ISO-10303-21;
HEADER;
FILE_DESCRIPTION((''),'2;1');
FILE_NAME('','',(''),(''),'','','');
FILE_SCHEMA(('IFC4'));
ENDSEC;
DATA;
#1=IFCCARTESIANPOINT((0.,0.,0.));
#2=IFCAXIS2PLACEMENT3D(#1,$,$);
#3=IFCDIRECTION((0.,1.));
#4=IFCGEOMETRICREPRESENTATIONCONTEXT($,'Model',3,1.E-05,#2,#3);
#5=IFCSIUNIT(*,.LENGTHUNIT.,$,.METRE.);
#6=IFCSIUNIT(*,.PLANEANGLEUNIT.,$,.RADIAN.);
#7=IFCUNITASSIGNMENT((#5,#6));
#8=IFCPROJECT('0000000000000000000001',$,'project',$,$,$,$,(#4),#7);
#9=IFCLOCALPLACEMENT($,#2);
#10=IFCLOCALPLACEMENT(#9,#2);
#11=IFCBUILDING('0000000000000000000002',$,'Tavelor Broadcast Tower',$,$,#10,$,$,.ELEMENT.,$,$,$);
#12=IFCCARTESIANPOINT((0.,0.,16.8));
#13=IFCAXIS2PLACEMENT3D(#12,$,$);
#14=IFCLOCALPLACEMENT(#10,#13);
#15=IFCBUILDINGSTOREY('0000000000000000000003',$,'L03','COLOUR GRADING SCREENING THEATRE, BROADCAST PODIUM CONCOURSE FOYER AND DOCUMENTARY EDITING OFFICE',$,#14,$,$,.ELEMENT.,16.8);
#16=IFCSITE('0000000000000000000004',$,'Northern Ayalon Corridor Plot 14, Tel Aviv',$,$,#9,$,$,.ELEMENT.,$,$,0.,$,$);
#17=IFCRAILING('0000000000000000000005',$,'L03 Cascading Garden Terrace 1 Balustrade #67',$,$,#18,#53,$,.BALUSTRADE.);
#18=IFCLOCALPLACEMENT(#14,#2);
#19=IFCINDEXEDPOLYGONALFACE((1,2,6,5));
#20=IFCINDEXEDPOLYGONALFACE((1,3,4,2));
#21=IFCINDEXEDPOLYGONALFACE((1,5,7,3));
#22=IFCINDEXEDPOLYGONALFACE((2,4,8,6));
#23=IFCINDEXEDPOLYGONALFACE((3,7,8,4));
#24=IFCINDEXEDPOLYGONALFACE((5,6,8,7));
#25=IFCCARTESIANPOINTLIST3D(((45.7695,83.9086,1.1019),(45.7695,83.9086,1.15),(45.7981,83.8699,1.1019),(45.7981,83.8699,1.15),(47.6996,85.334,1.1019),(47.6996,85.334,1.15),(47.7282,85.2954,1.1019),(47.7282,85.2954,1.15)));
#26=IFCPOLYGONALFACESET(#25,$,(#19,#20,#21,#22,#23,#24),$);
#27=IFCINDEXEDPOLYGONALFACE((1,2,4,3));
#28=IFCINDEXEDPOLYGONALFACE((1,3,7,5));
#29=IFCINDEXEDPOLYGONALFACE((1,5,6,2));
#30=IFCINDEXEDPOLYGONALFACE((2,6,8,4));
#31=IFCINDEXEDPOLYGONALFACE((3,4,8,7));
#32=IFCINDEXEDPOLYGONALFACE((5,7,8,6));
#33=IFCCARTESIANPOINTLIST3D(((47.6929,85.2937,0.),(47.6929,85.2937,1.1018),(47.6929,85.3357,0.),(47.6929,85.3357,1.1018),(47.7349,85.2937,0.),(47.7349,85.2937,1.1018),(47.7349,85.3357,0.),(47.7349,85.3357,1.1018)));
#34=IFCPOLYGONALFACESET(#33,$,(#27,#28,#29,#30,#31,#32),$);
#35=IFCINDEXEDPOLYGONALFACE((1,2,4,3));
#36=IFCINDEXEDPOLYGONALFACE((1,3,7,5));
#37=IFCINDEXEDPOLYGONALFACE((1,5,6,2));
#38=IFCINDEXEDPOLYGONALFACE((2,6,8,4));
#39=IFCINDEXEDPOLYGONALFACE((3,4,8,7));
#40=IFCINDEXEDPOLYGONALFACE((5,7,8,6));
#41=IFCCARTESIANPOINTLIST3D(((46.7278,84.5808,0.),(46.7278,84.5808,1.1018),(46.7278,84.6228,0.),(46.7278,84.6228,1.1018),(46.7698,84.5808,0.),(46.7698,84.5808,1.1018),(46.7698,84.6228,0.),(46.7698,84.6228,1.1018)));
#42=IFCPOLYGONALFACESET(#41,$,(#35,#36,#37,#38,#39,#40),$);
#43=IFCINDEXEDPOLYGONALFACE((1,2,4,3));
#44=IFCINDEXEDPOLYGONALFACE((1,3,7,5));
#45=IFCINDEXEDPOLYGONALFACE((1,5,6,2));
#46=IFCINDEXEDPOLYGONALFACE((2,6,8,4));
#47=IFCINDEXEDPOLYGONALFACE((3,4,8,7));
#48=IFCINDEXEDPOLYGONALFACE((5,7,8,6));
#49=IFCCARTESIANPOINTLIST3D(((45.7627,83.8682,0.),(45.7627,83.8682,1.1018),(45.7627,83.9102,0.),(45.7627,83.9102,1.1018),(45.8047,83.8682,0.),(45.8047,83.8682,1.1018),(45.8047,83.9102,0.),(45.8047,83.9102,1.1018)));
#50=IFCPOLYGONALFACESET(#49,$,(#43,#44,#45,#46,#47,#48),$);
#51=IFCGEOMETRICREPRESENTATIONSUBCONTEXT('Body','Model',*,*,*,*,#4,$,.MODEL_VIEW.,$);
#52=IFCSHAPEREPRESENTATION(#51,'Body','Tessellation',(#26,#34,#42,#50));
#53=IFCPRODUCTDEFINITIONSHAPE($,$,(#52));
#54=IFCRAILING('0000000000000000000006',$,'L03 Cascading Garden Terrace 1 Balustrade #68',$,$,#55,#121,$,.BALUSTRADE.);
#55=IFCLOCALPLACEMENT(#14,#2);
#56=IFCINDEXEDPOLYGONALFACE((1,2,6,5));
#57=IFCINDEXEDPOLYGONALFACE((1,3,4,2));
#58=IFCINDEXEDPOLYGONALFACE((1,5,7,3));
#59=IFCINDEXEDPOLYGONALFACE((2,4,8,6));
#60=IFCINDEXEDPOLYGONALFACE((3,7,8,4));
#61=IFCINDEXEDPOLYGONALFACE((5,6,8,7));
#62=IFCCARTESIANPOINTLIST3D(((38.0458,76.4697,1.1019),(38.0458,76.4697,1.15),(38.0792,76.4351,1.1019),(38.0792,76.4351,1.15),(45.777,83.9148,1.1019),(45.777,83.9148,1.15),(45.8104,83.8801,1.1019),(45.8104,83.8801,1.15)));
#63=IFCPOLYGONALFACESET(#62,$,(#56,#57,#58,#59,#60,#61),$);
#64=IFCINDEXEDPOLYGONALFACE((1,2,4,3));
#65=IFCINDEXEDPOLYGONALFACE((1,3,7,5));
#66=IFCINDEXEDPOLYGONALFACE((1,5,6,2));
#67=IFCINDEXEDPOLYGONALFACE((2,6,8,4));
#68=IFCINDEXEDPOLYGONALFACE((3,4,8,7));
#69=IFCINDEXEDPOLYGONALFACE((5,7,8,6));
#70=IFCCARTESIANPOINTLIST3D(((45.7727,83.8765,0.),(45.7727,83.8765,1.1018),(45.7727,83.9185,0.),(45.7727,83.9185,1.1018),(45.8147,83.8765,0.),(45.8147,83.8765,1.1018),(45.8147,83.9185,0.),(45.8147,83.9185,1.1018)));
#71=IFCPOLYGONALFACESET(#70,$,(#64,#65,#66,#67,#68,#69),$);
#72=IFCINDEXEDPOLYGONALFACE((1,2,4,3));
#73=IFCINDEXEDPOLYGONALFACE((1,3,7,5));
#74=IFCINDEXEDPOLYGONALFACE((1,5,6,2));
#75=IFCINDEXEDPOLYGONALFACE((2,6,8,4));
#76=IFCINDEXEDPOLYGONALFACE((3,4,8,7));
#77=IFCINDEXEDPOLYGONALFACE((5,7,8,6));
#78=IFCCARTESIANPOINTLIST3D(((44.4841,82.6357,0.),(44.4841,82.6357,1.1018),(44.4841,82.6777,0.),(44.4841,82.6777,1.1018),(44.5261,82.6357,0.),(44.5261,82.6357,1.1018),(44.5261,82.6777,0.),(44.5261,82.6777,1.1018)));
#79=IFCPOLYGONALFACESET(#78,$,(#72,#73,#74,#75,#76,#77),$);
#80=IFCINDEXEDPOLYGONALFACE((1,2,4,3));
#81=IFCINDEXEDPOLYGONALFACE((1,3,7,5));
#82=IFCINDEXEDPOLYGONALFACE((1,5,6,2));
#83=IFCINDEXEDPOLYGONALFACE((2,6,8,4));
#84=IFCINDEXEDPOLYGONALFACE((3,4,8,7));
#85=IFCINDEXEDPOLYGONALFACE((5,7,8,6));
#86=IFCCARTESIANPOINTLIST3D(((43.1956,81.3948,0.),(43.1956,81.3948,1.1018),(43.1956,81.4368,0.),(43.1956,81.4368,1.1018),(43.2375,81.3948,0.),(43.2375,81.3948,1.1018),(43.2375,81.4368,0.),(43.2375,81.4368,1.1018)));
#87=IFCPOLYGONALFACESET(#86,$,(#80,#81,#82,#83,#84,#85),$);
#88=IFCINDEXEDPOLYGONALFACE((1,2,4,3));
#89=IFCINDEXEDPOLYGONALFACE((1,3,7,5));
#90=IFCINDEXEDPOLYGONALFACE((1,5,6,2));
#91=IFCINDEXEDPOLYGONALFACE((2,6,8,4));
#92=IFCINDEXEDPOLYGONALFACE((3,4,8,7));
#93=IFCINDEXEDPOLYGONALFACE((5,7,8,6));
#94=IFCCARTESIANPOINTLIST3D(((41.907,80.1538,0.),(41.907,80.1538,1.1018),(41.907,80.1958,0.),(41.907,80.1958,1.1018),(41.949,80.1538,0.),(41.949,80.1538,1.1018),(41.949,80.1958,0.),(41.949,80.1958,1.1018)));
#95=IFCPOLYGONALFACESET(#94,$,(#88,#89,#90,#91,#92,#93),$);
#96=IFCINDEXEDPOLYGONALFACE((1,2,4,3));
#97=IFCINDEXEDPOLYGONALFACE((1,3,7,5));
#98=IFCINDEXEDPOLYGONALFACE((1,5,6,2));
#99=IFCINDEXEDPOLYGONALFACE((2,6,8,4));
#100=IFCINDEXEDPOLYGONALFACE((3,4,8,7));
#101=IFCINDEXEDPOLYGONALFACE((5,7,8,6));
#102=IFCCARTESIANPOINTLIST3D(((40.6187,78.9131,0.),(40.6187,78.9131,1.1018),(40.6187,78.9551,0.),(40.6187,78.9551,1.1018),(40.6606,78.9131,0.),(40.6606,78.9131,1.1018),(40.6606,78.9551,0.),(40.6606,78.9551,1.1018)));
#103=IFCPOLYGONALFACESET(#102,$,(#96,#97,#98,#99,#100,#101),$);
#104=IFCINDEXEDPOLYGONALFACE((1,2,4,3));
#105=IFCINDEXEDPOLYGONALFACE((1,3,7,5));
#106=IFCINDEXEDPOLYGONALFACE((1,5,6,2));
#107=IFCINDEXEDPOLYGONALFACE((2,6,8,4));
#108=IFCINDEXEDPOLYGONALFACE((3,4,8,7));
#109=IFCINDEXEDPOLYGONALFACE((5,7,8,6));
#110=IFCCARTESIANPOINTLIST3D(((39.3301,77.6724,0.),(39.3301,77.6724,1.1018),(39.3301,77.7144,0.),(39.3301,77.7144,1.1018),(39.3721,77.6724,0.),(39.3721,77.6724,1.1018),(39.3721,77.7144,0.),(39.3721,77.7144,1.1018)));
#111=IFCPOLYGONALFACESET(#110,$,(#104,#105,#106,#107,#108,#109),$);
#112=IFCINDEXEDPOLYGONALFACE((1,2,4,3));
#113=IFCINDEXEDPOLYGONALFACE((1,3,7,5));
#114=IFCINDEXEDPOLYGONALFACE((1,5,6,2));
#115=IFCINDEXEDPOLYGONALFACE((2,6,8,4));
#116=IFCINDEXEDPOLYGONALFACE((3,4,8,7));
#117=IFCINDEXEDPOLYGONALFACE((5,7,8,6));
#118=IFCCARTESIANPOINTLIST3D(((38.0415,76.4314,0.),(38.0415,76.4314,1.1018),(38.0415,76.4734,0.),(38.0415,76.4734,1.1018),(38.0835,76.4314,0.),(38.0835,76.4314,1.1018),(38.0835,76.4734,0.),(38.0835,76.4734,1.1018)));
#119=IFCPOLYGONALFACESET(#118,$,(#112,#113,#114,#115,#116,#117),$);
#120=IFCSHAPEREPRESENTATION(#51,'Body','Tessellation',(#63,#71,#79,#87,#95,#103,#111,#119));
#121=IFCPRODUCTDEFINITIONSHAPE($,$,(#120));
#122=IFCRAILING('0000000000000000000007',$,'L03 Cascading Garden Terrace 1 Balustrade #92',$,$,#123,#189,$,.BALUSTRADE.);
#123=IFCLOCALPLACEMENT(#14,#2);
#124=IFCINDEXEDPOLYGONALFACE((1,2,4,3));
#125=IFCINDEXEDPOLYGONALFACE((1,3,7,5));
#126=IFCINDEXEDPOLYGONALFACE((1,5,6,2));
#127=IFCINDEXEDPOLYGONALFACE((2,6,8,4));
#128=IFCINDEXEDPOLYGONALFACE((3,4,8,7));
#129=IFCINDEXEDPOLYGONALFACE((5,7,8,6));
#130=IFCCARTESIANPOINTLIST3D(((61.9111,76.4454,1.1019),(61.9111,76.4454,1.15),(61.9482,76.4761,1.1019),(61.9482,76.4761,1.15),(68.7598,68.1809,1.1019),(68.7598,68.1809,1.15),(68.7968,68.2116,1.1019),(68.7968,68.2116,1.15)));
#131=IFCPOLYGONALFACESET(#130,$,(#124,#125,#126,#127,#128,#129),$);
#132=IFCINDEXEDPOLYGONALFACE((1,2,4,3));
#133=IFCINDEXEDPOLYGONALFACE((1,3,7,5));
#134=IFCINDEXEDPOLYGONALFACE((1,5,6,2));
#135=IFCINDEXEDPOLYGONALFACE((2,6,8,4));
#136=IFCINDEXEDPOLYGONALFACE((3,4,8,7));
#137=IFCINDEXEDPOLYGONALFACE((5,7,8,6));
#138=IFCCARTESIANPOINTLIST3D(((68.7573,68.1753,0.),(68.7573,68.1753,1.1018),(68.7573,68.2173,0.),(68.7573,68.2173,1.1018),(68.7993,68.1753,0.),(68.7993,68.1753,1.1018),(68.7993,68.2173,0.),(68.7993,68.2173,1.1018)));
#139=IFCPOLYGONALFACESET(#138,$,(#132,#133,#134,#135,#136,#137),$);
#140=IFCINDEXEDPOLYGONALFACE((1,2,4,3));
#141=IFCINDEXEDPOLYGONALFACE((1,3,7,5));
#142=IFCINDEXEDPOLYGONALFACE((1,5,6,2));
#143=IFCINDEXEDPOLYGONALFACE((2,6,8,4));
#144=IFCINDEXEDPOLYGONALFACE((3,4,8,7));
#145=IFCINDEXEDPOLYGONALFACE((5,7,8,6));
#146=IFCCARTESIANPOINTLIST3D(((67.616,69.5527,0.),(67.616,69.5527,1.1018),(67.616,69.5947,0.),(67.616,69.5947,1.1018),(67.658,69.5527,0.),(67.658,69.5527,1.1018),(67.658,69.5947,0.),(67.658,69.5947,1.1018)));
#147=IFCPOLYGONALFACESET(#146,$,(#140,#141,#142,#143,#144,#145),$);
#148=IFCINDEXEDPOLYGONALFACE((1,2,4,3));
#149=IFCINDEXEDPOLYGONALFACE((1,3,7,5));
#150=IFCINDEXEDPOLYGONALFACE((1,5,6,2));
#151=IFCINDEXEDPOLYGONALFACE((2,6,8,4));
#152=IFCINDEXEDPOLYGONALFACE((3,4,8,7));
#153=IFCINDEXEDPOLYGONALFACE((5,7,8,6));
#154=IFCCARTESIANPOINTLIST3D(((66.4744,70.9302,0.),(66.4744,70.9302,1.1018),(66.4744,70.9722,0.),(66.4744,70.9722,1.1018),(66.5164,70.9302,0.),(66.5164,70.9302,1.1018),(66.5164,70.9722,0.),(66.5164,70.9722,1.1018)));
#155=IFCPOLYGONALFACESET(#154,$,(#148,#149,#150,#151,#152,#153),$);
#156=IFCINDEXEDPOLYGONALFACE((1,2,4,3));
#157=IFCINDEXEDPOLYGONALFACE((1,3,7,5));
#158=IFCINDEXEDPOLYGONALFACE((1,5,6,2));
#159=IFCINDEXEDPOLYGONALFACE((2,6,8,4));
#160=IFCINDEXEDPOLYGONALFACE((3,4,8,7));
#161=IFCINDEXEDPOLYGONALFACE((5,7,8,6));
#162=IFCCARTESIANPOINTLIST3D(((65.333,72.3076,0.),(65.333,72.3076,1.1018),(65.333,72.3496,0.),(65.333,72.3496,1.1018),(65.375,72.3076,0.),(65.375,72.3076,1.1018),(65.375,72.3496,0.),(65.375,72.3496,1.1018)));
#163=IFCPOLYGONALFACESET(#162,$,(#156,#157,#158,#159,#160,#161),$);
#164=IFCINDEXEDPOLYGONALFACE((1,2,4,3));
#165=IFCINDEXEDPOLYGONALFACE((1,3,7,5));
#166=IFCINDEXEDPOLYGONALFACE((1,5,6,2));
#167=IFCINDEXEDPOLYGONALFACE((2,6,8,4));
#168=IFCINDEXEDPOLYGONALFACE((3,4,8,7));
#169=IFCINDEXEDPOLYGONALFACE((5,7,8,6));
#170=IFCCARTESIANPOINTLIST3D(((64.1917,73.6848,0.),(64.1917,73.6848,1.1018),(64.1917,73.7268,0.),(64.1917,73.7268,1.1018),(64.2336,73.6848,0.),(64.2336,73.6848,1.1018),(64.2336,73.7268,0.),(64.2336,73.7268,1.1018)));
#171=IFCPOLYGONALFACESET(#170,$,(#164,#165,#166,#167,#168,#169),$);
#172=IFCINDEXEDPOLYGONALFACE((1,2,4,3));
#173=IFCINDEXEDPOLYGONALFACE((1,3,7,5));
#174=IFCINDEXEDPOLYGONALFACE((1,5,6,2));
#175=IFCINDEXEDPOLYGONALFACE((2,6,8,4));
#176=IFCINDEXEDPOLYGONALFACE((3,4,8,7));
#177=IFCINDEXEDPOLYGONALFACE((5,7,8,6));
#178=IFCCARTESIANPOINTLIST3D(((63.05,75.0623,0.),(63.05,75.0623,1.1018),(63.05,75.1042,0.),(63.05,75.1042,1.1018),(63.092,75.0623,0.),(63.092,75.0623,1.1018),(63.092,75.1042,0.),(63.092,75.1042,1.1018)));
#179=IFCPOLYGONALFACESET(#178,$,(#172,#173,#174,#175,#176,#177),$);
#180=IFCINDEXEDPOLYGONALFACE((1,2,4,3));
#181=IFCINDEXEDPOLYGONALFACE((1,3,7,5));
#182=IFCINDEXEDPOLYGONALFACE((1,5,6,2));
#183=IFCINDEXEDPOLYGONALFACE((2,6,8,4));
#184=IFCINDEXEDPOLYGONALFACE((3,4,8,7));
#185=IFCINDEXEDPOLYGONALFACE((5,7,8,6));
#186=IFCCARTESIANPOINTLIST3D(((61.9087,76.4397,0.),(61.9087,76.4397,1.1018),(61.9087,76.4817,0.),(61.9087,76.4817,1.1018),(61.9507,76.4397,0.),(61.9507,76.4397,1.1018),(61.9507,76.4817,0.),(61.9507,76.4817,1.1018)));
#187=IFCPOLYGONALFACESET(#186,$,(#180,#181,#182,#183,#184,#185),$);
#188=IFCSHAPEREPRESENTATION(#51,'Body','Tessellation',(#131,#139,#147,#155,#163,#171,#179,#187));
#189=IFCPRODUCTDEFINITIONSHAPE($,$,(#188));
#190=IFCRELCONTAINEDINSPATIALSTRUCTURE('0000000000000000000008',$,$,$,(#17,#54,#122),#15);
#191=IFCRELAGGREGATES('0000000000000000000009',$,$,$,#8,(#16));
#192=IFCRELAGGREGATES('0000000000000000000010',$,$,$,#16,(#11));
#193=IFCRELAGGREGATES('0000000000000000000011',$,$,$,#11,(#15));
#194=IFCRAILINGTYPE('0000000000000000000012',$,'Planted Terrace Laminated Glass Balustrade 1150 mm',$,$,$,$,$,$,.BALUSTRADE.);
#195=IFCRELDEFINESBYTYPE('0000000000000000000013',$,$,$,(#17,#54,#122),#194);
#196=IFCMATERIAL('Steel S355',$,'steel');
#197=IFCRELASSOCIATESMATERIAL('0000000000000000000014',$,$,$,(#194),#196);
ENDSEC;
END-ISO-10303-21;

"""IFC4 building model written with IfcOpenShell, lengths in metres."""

from ifc_helpers import new_model, si_unit, direction, frame, origin, origin_2d, place, context, subcontext, project, spatial, rectangle, extrude, material, type_object, element, save


model = new_model("IFC4")

# Units and contexts
model_context = context("Model", 3, precision=1e-05, world=origin(), true_north=direction((0.0, 1.0)))
body_context = subcontext(model_context, "Body", "Model", "MODEL_VIEW")
ifc_project = project(units=[si_unit("LENGTHUNIT", "METRE"), si_unit("PLANEANGLEUNIT", "RADIAN")], contexts=[model_context])

# Site, building, storey
site_placement = place(None, origin())
site = spatial("IfcSite", under=ifc_project, at=site_placement, Name="Northern Ayalon Corridor Plot 14, Tel Aviv", CompositionType="ELEMENT", RefElevation=0.0)
building_placement = place(site_placement, origin())
building = spatial("IfcBuilding", under=site, at=building_placement, Name="Tavelor Broadcast Tower", CompositionType="ELEMENT")
storey_placement = place(building_placement, frame((0.0, 0.0, 16.8)))
storey = spatial("IfcBuildingStorey", under=building, at=storey_placement, Name="L03", Description="COLOUR GRADING SCREENING THEATRE, BROADCAST PODIUM CONCOURSE FOYER AND DOCUMENTARY EDITING OFFICE", CompositionType="ELEMENT", Elevation=16.8)

# Shared definitions
ifc_material_1 = material(Name="Steel S355", Category="steel")

# Railings
railing_type = type_object("IfcRailingType", Name="Planted Terrace Laminated Glass Balustrade 1150 mm", PredefinedType="BALUSTRADE", material=ifc_material_1)
railing_1_placement = place(storey_placement, frame((47.7139, 85.3147, 0.0)))
element("IfcRailing", 1, at=railing_1_placement, inside=storey, type_object=railing_type, Name="L03 Cascading Garden Terrace 1 Balustrade #67", PredefinedType="BALUSTRADE", context=body_context, shape_type="SweptSolid", body=[
    extrude(rectangle(XDim=0.0481, YDim=0.0481, at=origin_2d()), frame((0.0, 0.0, 1.126), z_axis=(-0.804398, -0.594091, 0.0), x_axis=(0.594091, -0.804398, 0.0)), (0.0, 0.0, 1.0), 2.3994),
    extrude(rectangle(XDim=0.042, YDim=0.042, at=origin_2d()), origin(), (0.0, 0.0, 1.0), 1.1018),
    extrude(rectangle(XDim=0.042, YDim=0.042, at=origin_2d()), frame((-0.9651, -0.7129, 0.0)), (0.0, 0.0, 1.0), 1.1018),
    extrude(rectangle(XDim=0.042, YDim=0.042, at=origin_2d()), frame((-1.9302, -1.4255, 0.0)), (0.0, 0.0, 1.0), 1.1018),
])
railing_2_placement = place(storey_placement, frame((45.7937, 83.8975, 0.0)))
element("IfcRailing", 2, at=railing_2_placement, inside=storey, type_object=railing_type, Name="L03 Cascading Garden Terrace 1 Balustrade #68", PredefinedType="BALUSTRADE", context=body_context, shape_type="SweptSolid", body=[
    extrude(rectangle(XDim=0.0481, YDim=0.0481, at=origin_2d()), frame((0.0, 0.0, 1.126), z_axis=(-0.720311, -0.693652, 0.0), x_axis=(0.693652, -0.720311, 0.0)), (0.0, 0.0, 1.0), 10.7332),
    extrude(rectangle(XDim=0.042, YDim=0.042, at=origin_2d()), origin(), (0.0, 0.0, 1.0), 1.1018),
    extrude(rectangle(XDim=0.042, YDim=0.042, at=origin_2d()), frame((-1.2886, -1.2407, 0.0)), (0.0, 0.0, 1.0), 1.1018),
    extrude(rectangle(XDim=0.042, YDim=0.042, at=origin_2d()), frame((-2.5771, -2.4817, 0.0)), (0.0, 0.0, 1.0), 1.1018),
    extrude(rectangle(XDim=0.042, YDim=0.042, at=origin_2d()), frame((-3.8657, -3.7227, 0.0)), (0.0, 0.0, 1.0), 1.1018),
    extrude(rectangle(XDim=0.042, YDim=0.042, at=origin_2d()), frame((-5.1541, -4.9634, 0.0)), (0.0, 0.0, 1.0), 1.1018),
    extrude(rectangle(XDim=0.042, YDim=0.042, at=origin_2d()), frame((-6.4426, -6.2041, 0.0)), (0.0, 0.0, 1.0), 1.1018),
    extrude(rectangle(XDim=0.042, YDim=0.042, at=origin_2d()), frame((-7.7312, -7.4451, 0.0)), (0.0, 0.0, 1.0), 1.1018),
])
railing_3_placement = place(storey_placement, frame((68.7783, 68.1963, 0.0)))
element("IfcRailing", 3, at=railing_3_placement, inside=storey, type_object=railing_type, Name="L03 Cascading Garden Terrace 1 Balustrade #92", PredefinedType="BALUSTRADE", context=body_context, shape_type="SweptSolid", body=[
    extrude(rectangle(XDim=0.0481, YDim=0.0481, at=origin_2d()), frame((0.0, 0.0, 1.126), z_axis=(-0.638072, 0.769977, 0.0), x_axis=(-0.769977, -0.638072, 0.0)), (0.0, 0.0, 1.0), 10.7334),
    extrude(rectangle(XDim=0.042, YDim=0.042, at=origin_2d()), origin(), (0.0, 0.0, 1.0), 1.1018),
    extrude(rectangle(XDim=0.042, YDim=0.042, at=origin_2d()), frame((-1.1414, 1.3774, 0.0)), (0.0, 0.0, 1.0), 1.1018),
    extrude(rectangle(XDim=0.042, YDim=0.042, at=origin_2d()), frame((-2.283, 2.7549, 0.0)), (0.0, 0.0, 1.0), 1.1018),
    extrude(rectangle(XDim=0.042, YDim=0.042, at=origin_2d()), frame((-3.4243, 4.1323, 0.0)), (0.0, 0.0, 1.0), 1.1018),
    extrude(rectangle(XDim=0.042, YDim=0.042, at=origin_2d()), frame((-4.5657, 5.5095, 0.0)), (0.0, 0.0, 1.0), 1.1018),
    extrude(rectangle(XDim=0.042, YDim=0.042, at=origin_2d()), frame((-5.7073, 6.887, 0.0)), (0.0, 0.0, 1.0), 1.1018),
    extrude(rectangle(XDim=0.042, YDim=0.042, at=origin_2d()), frame((-6.8486, 8.2644, 0.0)), (0.0, 0.0, 1.0), 1.1018),
])

save(model, "model.ifc")
